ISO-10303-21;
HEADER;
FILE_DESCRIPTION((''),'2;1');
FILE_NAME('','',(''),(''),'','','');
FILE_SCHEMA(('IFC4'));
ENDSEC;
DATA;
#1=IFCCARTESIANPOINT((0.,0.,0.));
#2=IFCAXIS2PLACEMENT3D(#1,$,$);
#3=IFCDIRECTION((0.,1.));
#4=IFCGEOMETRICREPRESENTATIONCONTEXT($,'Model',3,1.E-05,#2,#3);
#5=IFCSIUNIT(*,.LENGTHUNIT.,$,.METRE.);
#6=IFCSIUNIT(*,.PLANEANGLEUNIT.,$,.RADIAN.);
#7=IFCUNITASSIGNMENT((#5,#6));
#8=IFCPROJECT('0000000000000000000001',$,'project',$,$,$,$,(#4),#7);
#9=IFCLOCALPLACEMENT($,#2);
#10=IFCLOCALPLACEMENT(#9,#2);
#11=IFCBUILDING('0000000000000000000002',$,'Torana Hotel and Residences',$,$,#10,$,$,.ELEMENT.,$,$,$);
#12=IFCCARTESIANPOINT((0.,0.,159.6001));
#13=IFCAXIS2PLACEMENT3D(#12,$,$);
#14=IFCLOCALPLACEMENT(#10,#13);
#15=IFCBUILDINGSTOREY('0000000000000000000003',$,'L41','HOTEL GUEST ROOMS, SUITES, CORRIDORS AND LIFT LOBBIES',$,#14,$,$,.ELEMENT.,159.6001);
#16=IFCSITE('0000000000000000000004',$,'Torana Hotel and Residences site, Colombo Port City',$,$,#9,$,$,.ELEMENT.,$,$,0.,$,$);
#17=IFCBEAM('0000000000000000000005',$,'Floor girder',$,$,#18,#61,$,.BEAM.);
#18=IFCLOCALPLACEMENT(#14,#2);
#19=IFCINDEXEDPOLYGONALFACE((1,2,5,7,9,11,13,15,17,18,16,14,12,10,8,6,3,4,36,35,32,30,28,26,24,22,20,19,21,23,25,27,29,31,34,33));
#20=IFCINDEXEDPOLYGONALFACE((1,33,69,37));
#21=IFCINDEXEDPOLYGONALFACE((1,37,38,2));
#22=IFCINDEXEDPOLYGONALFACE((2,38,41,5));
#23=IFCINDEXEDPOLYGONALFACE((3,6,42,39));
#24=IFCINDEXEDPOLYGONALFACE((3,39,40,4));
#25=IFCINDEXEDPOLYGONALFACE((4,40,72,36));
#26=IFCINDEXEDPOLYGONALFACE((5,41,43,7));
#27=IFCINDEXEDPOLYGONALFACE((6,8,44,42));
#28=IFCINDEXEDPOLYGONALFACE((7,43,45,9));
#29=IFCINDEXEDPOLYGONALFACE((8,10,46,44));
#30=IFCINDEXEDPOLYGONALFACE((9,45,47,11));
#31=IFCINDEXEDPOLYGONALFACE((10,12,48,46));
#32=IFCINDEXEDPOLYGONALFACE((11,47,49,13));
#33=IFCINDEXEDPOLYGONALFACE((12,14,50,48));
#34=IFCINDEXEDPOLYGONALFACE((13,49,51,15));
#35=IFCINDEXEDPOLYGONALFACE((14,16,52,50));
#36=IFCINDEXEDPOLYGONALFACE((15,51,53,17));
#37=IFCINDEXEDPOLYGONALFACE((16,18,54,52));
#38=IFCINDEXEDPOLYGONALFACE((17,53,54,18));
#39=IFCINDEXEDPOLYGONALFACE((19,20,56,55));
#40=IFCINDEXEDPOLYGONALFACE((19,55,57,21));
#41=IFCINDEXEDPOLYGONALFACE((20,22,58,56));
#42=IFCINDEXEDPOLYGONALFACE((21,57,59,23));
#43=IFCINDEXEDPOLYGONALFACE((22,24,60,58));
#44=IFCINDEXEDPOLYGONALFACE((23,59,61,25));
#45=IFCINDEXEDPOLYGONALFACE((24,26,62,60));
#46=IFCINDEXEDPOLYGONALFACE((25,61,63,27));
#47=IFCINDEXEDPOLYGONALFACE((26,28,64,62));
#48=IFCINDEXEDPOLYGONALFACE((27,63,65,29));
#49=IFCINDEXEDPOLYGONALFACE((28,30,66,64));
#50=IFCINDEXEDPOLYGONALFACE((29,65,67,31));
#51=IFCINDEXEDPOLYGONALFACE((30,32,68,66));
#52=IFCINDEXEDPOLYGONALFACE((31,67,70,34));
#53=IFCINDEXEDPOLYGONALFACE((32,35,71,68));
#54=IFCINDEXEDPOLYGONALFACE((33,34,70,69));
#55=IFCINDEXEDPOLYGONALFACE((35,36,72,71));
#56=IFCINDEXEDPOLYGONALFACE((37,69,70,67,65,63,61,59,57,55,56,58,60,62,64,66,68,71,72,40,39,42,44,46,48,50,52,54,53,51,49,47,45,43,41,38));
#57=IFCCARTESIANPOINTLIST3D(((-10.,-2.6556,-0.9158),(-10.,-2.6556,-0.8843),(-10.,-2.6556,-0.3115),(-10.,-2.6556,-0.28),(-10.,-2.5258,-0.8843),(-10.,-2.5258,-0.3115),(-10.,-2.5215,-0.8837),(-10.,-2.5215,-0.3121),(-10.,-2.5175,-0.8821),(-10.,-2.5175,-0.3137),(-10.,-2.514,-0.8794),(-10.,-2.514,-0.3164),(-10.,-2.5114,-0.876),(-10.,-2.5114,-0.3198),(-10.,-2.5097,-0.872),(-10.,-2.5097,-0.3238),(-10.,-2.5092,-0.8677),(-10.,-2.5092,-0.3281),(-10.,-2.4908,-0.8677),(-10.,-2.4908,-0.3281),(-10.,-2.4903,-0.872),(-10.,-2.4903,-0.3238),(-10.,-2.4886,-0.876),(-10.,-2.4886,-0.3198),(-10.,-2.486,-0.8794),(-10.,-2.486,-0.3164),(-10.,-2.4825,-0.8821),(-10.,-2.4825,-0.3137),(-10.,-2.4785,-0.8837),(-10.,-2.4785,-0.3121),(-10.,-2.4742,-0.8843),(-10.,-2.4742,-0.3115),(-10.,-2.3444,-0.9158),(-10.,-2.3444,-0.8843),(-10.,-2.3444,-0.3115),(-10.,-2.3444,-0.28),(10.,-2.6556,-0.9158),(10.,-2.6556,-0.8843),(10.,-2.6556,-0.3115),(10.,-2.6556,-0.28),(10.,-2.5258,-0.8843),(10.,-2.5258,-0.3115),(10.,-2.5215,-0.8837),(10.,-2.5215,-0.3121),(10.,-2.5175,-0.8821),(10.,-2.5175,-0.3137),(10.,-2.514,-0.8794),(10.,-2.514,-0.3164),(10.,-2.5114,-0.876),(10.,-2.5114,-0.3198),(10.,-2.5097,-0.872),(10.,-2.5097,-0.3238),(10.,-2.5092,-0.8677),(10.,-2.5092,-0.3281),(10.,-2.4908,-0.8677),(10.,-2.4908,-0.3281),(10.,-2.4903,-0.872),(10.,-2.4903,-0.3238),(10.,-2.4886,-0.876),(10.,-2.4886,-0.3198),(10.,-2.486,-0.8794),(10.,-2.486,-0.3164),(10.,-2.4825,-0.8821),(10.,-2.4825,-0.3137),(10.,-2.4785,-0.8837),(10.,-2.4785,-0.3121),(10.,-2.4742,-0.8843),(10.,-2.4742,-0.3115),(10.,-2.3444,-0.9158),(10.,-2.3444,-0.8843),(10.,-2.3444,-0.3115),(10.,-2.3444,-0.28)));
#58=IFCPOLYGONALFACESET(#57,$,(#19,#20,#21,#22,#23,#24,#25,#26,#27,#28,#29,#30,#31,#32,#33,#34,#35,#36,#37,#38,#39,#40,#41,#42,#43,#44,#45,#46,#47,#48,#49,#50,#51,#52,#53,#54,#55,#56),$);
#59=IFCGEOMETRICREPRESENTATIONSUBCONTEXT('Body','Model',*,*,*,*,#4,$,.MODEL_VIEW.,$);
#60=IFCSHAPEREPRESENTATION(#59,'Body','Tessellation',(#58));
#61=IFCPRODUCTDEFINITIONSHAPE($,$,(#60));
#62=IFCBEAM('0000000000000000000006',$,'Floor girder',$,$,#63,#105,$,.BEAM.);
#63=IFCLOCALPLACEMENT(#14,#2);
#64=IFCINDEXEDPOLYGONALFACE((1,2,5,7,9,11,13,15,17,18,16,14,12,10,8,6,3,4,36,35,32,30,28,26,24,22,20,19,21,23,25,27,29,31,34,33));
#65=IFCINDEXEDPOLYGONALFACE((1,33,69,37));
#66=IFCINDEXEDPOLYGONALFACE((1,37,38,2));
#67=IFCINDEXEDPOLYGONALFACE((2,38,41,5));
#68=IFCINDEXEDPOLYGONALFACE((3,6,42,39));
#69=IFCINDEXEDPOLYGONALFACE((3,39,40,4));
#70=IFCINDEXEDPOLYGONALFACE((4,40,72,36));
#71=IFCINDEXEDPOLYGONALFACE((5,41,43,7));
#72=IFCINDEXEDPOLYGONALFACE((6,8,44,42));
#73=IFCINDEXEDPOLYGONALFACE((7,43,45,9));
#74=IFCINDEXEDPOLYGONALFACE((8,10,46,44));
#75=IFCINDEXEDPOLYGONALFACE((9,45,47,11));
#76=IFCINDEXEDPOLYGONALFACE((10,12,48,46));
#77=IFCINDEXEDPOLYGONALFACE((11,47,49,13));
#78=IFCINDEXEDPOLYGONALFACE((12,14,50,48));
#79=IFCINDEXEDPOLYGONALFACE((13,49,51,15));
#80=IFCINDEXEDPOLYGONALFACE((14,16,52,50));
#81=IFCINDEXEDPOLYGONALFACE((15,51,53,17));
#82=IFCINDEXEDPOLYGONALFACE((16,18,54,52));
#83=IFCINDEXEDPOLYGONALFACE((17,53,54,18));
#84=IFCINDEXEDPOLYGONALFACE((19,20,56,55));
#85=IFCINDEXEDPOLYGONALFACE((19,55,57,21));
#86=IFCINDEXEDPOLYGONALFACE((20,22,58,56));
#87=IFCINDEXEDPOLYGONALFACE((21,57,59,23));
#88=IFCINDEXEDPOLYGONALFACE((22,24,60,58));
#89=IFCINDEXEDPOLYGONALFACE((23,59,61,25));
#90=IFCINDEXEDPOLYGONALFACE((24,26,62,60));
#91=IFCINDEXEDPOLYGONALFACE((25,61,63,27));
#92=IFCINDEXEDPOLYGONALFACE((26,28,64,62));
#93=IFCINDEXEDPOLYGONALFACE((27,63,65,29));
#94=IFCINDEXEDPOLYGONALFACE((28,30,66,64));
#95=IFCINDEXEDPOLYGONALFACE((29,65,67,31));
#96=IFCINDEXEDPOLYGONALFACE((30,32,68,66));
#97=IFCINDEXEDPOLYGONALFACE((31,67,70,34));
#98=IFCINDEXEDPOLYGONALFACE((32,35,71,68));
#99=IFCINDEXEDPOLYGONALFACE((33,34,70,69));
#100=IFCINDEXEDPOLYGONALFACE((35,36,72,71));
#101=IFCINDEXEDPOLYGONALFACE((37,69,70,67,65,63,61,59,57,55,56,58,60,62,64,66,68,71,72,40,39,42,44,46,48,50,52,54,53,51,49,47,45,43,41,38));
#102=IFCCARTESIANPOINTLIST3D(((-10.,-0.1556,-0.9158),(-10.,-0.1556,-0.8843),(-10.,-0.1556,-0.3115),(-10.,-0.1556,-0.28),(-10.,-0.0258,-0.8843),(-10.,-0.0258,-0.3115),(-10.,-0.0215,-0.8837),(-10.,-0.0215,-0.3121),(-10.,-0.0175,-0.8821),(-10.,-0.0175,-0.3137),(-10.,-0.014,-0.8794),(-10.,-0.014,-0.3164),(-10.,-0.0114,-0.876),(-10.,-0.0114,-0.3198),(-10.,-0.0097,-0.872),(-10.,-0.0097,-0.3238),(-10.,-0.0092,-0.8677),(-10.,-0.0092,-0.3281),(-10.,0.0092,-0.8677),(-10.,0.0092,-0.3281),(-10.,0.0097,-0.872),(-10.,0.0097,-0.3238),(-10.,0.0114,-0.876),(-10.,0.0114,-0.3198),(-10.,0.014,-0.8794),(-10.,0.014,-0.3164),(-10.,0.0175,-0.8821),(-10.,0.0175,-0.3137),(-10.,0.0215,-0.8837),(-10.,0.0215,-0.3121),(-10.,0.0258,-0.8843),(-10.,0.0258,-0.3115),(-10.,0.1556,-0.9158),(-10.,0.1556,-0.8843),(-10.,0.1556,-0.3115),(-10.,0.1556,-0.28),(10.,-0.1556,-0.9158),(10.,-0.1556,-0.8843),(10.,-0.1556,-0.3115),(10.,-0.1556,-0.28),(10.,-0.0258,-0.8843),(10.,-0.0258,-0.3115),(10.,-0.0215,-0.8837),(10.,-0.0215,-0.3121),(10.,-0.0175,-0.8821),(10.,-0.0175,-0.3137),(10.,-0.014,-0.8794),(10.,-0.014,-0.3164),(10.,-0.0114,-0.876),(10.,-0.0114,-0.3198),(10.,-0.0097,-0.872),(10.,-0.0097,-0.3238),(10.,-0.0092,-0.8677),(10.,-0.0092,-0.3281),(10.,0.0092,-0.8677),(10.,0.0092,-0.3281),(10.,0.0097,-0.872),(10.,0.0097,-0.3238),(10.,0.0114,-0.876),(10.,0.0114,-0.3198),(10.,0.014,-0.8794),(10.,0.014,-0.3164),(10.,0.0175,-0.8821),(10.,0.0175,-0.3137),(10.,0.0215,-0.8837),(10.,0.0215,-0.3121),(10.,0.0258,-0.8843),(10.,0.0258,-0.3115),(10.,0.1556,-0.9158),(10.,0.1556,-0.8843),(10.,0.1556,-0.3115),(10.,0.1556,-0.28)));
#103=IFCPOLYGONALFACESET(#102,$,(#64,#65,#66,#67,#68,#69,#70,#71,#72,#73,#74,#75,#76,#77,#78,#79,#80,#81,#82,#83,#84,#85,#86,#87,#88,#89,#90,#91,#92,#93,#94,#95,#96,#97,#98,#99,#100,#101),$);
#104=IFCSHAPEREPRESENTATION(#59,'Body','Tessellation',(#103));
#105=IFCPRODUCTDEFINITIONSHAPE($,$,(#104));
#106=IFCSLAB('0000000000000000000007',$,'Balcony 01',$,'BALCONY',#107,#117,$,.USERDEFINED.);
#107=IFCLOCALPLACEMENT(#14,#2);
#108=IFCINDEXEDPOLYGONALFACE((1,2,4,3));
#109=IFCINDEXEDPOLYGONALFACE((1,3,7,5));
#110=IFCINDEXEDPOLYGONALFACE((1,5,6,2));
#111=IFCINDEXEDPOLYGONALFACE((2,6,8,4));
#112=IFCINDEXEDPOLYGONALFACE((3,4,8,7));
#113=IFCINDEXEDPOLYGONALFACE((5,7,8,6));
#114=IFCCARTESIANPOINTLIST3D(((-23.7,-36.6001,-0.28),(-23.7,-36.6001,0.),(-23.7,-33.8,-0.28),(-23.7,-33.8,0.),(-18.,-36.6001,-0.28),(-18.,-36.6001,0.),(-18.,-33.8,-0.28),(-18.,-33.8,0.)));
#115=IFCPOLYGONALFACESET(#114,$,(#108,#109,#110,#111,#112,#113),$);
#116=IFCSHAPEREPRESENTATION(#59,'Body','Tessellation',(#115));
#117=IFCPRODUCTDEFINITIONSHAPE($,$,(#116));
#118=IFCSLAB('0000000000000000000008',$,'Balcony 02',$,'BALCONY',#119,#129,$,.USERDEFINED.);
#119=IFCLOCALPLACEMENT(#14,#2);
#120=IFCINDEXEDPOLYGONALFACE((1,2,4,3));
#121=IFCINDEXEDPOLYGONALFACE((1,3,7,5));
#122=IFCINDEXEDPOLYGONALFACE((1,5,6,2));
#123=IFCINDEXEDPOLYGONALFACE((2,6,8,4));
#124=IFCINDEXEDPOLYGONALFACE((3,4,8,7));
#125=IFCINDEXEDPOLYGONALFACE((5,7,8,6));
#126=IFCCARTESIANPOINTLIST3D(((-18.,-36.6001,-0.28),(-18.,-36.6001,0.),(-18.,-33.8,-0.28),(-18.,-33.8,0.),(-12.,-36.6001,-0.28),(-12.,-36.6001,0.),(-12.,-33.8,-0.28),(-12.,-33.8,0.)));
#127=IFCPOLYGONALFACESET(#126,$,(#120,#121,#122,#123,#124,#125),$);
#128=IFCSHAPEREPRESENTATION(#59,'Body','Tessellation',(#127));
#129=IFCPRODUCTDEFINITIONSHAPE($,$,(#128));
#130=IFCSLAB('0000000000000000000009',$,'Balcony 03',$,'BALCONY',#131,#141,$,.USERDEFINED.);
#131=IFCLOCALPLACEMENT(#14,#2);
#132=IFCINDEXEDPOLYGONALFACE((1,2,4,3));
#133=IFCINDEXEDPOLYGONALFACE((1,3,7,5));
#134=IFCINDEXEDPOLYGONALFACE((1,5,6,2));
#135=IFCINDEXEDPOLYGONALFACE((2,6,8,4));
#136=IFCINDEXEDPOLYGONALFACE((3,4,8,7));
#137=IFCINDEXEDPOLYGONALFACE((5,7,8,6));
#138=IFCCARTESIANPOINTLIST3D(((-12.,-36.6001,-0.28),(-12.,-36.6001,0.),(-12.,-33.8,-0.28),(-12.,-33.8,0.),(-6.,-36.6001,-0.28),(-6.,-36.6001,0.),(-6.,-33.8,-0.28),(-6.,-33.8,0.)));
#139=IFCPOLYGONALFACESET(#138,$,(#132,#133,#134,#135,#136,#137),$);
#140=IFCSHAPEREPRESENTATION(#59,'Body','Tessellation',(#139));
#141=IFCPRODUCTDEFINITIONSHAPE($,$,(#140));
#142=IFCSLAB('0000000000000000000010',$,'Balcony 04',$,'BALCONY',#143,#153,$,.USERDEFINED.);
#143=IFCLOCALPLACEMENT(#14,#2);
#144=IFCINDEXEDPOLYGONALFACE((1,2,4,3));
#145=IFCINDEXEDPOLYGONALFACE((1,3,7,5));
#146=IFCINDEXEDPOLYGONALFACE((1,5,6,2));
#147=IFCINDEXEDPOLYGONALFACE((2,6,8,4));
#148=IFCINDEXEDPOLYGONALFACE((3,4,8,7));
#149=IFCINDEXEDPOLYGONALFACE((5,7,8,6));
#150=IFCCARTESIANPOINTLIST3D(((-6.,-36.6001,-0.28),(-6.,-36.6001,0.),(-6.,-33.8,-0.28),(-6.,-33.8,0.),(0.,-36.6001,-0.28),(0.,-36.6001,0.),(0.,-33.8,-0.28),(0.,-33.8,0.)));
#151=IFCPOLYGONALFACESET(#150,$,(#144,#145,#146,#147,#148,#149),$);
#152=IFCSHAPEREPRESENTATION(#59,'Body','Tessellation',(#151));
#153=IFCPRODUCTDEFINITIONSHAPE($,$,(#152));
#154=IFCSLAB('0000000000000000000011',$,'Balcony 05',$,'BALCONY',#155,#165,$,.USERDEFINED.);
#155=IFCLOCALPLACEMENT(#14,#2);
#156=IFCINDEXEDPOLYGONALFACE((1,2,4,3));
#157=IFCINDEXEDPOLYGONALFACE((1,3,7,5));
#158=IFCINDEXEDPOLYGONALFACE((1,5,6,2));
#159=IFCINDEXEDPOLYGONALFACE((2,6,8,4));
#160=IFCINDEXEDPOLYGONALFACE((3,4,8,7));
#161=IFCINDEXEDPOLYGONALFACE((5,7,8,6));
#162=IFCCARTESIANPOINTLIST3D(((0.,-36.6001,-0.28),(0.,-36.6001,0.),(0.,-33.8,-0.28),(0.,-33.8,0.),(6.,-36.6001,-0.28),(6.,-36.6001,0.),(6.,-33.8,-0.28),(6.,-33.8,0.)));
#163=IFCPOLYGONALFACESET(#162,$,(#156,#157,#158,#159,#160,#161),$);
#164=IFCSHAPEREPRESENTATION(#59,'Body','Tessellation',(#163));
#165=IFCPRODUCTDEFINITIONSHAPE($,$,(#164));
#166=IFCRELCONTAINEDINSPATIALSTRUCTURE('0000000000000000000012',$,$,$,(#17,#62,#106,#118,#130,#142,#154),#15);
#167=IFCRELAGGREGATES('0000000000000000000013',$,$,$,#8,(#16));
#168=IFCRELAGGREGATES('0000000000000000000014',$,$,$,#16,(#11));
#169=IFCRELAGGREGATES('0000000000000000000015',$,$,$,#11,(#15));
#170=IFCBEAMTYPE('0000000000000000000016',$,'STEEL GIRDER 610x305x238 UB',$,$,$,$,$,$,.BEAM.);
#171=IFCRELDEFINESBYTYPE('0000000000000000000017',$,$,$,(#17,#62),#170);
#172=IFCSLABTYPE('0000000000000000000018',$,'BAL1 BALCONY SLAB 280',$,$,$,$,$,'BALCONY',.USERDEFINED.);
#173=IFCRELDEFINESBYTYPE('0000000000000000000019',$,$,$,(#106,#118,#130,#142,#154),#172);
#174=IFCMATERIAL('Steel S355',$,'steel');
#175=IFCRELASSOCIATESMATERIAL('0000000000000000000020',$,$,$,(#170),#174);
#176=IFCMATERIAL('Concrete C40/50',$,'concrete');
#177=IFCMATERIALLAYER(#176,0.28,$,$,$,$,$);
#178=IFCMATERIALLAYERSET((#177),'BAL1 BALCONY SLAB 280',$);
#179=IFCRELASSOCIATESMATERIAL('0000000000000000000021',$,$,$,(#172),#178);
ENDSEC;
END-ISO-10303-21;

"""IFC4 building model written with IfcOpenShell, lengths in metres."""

from ifc_helpers import new_model, si_unit, direction, frame, origin, origin_2d, place, context, subcontext, project, spatial, polyline, i_section, outline, extrude, material, layer, layer_set, material_profile, profile_set, type_object, element, save


model = new_model("IFC4")

# Units and contexts
model_context = context("Model", 3, precision=1e-05, world=origin(), true_north=direction((0.0, 1.0)))
body_context = subcontext(model_context, "Body", "Model", "MODEL_VIEW")
ifc_project = project(units=[si_unit("LENGTHUNIT", "METRE"), si_unit("PLANEANGLEUNIT", "RADIAN")], contexts=[model_context])

# Site, building, storey
site_placement = place(None, origin())
site = spatial("IfcSite", under=ifc_project, at=site_placement, Name="Torana Hotel and Residences site, Colombo Port City", CompositionType="ELEMENT", RefElevation=0.0)
building_placement = place(site_placement, origin())
building = spatial("IfcBuilding", under=site, at=building_placement, Name="Torana Hotel and Residences", CompositionType="ELEMENT")
storey_placement = place(building_placement, frame((0.0, 0.0, 159.6001)))
storey = spatial("IfcBuildingStorey", under=building, at=storey_placement, Name="L41", Description="HOTEL GUEST ROOMS, SUITES, CORRIDORS AND LIFT LOBBIES", CompositionType="ELEMENT", Elevation=159.6001)

# Beams
ifc_material_1 = material(Name="Steel S355", Category="steel")
ifc_material_profile = material_profile(ifc_material_1, i_section(OverallWidth=0.3113, OverallDepth=0.6357, WebThickness=0.0183, FlangeThickness=0.0315, FilletRadius=0.0166, at=origin_2d()), Name="610x305x238 UB")
ifc_profile_set = profile_set([ifc_material_profile], Name="Steel S355")
beam_type = type_object("IfcBeamType", Name="STEEL GIRDER 610x305x238 UB", PredefinedType="BEAM", material=ifc_profile_set)
for number, where, z_axis, x_axis, name in (
    (1, (-10.0, -2.5, -0.5979), (1.0, 0.0, 0.0), (0.0, 1.0, 0.0), "Floor girder"),
    (2, (-10.0, 0.0, -0.5979), (1.0, 0.0, 0.0), (0.0, 1.0, 0.0), "Floor girder"),
):
    element("IfcBeam", number, at=place(storey_placement, frame(where, z_axis=z_axis, x_axis=x_axis)), inside=storey, type_object=beam_type, Name=name, PredefinedType="BEAM", context=body_context, shape_type="SweptSolid", body=[
        extrude(i_section(OverallWidth=0.3113, OverallDepth=0.6357, WebThickness=0.0183, FlangeThickness=0.0315, FilletRadius=0.0166, at=origin_2d()), origin(), (0.0, 0.0, 1.0), 20.0),
    ])

# Slabs
ifc_material_2 = material(Name="Concrete C40/50", Category="concrete")
ifc_layer_1 = layer(ifc_material_2, 0.28)
ifc_layer_set_1 = layer_set([ifc_layer_1], Name="BAL1 BALCONY SLAB 280")
slab_type_1 = type_object("IfcSlabType", Name="BAL1 BALCONY SLAB 280", ElementType="BALCONY", PredefinedType="USERDEFINED", material=ifc_layer_set_1)
slab_1_placement = place(storey_placement, frame((0.0, 0.0, -0.28)))
element("IfcSlab", 3, at=slab_1_placement, inside=storey, type_object=slab_type_1, Name="Balcony 01", ObjectType="BALCONY", PredefinedType="USERDEFINED", context=body_context, shape_type="SweptSolid", body=[
    extrude(outline(polyline([(-23.7, -36.6001), (-18.0, -36.6001), (-18.0, -33.8), (-23.7, -33.8), (-23.7, -36.6001)])), origin(), (0.0, 0.0, 1.0), 0.28),
])
slab_2_placement = place(storey_placement, frame((0.0, 0.0, -0.28)))
element("IfcSlab", 4, at=slab_2_placement, inside=storey, type_object=slab_type_1, Name="Balcony 02", ObjectType="BALCONY", PredefinedType="USERDEFINED", context=body_context, shape_type="SweptSolid", body=[
    extrude(outline(polyline([(-18.0, -36.6001), (-12.0, -36.6001), (-12.0, -33.8), (-18.0, -33.8), (-18.0, -36.6001)])), origin(), (0.0, 0.0, 1.0), 0.28),
])
slab_3_placement = place(storey_placement, frame((0.0, 0.0, -0.28)))
element("IfcSlab", 5, at=slab_3_placement, inside=storey, type_object=slab_type_1, Name="Balcony 03", ObjectType="BALCONY", PredefinedType="USERDEFINED", context=body_context, shape_type="SweptSolid", body=[
    extrude(outline(polyline([(-12.0, -36.6001), (-6.0, -36.6001), (-6.0, -33.8), (-12.0, -33.8), (-12.0, -36.6001)])), origin(), (0.0, 0.0, 1.0), 0.28),
])
slab_4_placement = place(storey_placement, frame((0.0, 0.0, -0.28)))
element("IfcSlab", 6, at=slab_4_placement, inside=storey, type_object=slab_type_1, Name="Balcony 04", ObjectType="BALCONY", PredefinedType="USERDEFINED", context=body_context, shape_type="SweptSolid", body=[
    extrude(outline(polyline([(-6.0, -36.6001), (0.0, -36.6001), (0.0, -33.8), (-6.0, -33.8), (-6.0, -36.6001)])), origin(), (0.0, 0.0, 1.0), 0.28),
])
slab_5_placement = place(storey_placement, frame((0.0, 0.0, -0.28)))
element("IfcSlab", 7, at=slab_5_placement, inside=storey, type_object=slab_type_1, Name="Balcony 05", ObjectType="BALCONY", PredefinedType="USERDEFINED", context=body_context, shape_type="SweptSolid", body=[
    extrude(outline(polyline([(0.0, -36.6001), (6.0, -36.6001), (6.0, -33.8), (0.0, -33.8), (0.0, -36.6001)])), origin(), (0.0, 0.0, 1.0), 0.28),
])

save(model, "model.ifc")
